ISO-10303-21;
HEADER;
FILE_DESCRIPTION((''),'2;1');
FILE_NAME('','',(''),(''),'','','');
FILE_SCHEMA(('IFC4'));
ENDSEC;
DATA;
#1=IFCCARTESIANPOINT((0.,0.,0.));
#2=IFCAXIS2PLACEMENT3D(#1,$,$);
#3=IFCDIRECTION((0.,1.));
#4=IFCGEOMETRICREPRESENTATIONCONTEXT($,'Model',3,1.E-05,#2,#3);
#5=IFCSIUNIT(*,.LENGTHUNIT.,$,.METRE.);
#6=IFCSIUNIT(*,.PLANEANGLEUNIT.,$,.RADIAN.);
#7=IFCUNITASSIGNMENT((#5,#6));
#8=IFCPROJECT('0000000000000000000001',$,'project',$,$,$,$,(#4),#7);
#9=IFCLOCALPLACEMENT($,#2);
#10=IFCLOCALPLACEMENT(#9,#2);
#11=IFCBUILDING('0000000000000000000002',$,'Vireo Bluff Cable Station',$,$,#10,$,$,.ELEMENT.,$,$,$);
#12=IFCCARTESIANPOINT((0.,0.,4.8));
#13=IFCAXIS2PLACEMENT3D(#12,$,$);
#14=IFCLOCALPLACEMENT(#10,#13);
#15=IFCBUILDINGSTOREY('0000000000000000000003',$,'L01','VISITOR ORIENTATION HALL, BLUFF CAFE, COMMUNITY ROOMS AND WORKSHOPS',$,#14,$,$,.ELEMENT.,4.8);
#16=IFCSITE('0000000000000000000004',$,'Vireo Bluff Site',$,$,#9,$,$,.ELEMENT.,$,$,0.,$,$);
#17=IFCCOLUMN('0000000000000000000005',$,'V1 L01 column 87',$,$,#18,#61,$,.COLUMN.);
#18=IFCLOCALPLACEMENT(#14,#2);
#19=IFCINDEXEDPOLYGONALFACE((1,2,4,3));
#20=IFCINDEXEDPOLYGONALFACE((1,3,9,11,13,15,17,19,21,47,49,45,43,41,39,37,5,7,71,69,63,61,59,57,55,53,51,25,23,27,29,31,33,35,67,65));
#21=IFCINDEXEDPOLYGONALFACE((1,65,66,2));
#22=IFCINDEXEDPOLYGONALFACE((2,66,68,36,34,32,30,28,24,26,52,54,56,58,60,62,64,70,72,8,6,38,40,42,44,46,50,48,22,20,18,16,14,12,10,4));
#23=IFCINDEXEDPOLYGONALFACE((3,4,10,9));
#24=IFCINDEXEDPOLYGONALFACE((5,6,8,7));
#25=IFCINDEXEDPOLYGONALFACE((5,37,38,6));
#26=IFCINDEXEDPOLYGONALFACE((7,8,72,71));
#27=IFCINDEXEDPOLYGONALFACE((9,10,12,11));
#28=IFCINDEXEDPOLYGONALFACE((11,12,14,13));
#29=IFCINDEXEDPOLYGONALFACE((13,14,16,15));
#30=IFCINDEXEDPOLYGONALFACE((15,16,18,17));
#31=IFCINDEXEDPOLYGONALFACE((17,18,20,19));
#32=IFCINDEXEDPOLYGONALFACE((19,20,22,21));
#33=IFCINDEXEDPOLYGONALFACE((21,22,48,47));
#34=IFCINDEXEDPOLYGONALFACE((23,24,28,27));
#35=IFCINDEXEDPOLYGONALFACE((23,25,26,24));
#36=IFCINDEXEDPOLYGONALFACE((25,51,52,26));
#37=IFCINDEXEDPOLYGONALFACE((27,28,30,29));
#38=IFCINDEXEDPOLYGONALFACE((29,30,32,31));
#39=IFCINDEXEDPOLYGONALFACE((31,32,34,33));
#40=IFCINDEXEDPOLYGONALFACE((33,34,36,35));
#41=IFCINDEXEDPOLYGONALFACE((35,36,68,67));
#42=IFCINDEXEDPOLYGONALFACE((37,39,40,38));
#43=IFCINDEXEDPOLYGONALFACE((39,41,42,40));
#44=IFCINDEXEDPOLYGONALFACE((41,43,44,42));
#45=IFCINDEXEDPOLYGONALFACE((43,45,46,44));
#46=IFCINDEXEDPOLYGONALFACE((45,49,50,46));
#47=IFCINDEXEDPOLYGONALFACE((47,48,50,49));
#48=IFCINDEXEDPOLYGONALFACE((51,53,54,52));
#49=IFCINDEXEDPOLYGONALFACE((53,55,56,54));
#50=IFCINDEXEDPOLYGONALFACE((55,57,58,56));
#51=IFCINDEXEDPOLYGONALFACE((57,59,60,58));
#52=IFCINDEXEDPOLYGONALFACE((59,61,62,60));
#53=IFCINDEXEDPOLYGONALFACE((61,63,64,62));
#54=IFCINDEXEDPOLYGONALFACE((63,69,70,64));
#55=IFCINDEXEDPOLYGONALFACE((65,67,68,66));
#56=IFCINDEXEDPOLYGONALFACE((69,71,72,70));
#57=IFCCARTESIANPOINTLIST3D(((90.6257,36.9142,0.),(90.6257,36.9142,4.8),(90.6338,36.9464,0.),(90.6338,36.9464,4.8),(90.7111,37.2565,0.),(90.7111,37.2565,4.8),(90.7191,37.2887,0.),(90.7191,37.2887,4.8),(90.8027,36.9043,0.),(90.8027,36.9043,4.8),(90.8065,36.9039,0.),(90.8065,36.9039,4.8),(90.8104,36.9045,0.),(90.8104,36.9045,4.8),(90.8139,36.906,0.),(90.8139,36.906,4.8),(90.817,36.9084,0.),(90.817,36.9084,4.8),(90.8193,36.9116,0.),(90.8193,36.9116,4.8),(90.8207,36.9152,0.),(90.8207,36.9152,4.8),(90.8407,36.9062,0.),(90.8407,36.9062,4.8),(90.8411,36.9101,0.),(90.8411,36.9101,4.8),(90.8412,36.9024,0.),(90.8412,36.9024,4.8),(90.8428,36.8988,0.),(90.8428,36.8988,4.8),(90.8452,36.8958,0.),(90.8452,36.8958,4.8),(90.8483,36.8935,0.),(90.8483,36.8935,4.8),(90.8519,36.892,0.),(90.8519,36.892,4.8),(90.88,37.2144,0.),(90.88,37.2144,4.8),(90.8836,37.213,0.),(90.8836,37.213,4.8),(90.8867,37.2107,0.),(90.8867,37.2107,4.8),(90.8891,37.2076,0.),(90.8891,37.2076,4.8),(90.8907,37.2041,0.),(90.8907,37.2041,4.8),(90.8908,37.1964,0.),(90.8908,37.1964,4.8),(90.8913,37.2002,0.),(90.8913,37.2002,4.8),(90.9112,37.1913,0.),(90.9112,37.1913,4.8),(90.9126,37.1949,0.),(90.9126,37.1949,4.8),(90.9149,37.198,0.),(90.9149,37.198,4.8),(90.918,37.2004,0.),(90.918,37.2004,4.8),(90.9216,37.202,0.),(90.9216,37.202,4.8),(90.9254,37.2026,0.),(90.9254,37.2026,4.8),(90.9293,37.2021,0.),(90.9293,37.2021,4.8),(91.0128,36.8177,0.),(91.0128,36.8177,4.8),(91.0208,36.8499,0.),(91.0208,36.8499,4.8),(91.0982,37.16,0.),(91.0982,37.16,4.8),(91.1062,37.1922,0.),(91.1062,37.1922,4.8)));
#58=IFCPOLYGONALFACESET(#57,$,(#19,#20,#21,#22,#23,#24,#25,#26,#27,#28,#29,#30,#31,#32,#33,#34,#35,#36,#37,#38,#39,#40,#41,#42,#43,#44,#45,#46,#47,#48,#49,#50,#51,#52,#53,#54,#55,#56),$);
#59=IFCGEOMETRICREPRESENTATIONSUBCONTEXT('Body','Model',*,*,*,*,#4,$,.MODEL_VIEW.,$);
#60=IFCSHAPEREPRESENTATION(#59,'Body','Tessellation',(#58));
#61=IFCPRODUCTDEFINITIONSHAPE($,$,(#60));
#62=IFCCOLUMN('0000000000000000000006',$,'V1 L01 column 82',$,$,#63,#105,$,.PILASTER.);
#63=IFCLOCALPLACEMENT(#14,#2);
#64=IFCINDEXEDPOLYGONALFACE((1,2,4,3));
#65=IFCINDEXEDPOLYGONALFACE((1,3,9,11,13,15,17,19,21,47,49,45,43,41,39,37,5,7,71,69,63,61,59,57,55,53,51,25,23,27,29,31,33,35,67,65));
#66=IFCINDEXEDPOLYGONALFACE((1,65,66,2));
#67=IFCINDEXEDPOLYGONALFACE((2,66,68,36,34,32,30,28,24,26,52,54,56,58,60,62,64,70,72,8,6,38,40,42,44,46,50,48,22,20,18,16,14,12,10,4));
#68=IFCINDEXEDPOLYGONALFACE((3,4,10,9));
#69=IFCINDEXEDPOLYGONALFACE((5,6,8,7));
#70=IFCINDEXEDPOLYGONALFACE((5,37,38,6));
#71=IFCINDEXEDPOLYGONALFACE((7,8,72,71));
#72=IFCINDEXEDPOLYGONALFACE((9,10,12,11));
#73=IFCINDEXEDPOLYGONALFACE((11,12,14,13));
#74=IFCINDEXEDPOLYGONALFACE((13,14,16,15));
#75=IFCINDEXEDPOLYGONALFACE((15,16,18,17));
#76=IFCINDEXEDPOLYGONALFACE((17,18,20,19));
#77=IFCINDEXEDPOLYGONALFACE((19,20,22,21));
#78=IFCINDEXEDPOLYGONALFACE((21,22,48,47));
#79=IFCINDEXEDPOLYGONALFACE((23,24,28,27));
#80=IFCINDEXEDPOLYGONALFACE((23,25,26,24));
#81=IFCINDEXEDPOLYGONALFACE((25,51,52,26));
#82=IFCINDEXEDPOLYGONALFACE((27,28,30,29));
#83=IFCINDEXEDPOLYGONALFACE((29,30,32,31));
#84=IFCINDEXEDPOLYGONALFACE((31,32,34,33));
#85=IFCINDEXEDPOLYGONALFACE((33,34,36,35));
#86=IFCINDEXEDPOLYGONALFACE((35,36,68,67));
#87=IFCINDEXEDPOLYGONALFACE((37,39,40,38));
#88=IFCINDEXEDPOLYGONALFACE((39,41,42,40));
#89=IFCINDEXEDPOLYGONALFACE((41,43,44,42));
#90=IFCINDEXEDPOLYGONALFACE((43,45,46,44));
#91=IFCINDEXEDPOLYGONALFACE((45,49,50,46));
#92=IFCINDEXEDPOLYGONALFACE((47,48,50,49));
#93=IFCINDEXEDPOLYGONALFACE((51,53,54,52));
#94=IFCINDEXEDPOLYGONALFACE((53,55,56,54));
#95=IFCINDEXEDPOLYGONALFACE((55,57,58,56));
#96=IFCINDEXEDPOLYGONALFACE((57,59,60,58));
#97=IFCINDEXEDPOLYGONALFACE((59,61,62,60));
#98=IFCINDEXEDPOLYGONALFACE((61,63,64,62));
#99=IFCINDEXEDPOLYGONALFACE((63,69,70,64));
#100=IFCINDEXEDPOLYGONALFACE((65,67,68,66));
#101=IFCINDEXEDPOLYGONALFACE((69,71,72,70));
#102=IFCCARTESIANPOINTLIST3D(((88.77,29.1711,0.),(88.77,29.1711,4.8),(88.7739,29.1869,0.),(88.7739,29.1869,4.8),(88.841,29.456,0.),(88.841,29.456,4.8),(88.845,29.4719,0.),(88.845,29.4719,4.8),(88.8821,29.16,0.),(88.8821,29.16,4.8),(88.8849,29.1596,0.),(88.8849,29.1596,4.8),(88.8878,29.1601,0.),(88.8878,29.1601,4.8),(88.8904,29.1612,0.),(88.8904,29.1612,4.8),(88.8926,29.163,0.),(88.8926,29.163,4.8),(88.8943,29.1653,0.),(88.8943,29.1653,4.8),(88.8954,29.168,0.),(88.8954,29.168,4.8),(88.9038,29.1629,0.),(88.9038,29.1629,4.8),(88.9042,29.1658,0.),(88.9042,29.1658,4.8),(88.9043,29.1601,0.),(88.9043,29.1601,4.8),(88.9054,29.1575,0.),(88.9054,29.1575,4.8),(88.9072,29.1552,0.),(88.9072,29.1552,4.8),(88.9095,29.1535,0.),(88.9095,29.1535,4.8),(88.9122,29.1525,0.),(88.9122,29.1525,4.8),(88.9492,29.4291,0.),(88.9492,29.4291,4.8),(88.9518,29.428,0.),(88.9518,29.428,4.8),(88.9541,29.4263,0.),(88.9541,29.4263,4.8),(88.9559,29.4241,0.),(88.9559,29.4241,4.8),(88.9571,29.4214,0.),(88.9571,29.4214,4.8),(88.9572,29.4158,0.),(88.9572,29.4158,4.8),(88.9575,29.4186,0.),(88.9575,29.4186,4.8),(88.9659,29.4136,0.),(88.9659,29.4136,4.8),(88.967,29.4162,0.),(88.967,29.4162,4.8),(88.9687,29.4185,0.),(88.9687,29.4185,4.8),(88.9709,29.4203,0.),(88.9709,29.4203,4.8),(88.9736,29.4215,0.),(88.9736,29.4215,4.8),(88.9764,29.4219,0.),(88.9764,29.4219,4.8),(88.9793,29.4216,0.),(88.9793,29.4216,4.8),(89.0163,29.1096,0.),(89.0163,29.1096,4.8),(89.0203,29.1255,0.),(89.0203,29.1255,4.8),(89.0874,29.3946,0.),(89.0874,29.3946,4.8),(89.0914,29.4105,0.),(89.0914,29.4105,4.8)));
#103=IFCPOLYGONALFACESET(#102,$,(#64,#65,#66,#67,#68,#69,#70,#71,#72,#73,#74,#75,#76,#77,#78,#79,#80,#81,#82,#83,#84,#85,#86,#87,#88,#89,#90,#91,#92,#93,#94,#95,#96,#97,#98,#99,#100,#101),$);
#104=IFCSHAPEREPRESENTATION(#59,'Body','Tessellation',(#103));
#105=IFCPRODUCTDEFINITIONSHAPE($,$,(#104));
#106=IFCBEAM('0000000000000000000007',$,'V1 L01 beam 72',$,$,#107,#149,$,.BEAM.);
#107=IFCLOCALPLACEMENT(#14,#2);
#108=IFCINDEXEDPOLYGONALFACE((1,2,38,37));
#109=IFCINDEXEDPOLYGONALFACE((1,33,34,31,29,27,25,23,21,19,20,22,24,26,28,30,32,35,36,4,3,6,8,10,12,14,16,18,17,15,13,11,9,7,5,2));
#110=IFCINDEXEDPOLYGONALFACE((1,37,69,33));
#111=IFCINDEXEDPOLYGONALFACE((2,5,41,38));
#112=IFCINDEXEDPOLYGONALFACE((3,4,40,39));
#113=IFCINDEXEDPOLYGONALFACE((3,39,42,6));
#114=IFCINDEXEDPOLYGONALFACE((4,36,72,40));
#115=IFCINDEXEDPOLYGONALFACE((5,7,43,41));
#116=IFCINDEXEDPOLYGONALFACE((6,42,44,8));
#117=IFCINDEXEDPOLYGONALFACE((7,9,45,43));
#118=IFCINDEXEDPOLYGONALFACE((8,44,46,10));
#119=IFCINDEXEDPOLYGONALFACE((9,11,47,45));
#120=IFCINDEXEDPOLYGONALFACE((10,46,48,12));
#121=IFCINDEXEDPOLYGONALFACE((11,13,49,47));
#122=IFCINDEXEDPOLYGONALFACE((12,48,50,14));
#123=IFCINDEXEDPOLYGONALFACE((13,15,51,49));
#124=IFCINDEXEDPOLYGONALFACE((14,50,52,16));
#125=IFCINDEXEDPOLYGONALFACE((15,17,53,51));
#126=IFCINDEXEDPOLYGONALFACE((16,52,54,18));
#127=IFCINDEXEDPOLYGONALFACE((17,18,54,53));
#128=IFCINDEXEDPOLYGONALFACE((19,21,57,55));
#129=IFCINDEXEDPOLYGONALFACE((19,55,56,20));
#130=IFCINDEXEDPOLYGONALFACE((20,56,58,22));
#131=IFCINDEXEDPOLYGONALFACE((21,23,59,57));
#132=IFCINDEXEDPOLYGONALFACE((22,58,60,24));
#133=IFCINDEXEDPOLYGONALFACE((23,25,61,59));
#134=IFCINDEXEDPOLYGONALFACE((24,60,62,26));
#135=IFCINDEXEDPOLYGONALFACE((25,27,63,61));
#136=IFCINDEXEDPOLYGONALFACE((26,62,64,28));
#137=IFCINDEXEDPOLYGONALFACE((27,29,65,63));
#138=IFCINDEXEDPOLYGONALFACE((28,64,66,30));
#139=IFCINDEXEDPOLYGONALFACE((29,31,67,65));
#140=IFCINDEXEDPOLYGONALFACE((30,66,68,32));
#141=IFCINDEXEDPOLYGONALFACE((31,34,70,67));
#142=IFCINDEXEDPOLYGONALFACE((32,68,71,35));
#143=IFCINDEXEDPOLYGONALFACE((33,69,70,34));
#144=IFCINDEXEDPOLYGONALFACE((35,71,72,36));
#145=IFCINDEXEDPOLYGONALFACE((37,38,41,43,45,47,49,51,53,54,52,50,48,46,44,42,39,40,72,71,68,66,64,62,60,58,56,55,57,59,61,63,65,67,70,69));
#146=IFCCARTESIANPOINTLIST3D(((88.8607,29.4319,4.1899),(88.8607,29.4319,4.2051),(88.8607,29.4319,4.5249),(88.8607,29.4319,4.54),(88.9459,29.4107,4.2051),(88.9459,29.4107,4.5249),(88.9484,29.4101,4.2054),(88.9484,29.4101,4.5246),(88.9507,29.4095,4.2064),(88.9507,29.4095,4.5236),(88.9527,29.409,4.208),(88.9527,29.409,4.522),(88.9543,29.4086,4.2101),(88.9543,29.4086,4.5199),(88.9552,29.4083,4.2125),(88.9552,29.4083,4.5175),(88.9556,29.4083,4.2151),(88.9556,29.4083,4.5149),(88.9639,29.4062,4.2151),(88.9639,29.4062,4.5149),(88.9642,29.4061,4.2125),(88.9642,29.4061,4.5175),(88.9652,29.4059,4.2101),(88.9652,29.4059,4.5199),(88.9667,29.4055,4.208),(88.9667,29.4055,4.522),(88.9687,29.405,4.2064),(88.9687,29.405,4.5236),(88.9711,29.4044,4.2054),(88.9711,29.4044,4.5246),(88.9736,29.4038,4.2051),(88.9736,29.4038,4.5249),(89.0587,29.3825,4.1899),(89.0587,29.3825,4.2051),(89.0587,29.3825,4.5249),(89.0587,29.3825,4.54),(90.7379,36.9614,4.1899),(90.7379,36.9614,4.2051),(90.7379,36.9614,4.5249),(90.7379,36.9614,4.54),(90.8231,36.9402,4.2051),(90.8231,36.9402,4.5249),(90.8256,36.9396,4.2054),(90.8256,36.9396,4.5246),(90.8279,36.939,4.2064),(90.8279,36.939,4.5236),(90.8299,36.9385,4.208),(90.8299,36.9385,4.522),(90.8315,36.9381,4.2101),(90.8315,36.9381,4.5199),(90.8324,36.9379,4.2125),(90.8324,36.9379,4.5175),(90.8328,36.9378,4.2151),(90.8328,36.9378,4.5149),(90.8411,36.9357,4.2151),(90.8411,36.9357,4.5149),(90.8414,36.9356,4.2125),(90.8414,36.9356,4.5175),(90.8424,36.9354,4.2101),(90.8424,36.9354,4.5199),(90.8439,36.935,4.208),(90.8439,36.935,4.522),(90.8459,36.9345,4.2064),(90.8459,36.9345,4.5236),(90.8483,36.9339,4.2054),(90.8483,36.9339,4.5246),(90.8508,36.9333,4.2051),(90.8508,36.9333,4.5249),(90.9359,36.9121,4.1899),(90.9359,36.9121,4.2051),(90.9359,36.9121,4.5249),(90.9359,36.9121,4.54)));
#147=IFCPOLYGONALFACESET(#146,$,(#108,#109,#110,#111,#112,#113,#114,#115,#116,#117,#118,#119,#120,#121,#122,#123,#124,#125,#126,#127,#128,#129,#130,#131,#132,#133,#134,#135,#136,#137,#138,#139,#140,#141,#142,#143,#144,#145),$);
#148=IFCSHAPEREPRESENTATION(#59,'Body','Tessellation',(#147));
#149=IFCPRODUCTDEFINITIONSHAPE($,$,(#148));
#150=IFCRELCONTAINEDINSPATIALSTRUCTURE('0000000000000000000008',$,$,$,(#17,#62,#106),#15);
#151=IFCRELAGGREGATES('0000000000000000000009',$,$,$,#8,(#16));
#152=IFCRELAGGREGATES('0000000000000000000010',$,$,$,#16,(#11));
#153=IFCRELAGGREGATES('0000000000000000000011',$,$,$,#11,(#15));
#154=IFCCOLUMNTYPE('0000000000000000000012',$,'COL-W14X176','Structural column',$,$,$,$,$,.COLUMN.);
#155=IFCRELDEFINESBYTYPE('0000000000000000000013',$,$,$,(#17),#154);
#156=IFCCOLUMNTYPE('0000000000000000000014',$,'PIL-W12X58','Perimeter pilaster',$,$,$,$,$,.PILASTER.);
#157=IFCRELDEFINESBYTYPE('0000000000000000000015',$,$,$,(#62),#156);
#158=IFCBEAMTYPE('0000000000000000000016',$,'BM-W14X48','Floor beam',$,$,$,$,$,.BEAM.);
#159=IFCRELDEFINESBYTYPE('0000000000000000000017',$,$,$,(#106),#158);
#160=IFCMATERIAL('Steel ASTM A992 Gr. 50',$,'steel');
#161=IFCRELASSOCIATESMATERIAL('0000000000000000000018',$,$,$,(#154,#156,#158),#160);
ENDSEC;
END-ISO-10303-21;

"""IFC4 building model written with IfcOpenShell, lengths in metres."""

from ifc_helpers import new_model, si_unit, direction, frame, origin, origin_2d, place, context, subcontext, project, spatial, i_section, extrude, material, material_profile, profile_set, type_object, element, save


model = new_model("IFC4")

# Units and contexts
model_context = context("Model", 3, precision=1e-05, world=origin(), true_north=direction((0.0, 1.0)))
body_context = subcontext(model_context, "Body", "Model", "MODEL_VIEW")
ifc_project = project(units=[si_unit("LENGTHUNIT", "METRE"), si_unit("PLANEANGLEUNIT", "RADIAN")], contexts=[model_context])

# Site, building, storey
site_placement = place(None, origin())
site = spatial("IfcSite", under=ifc_project, at=site_placement, Name="Vireo Bluff Site", CompositionType="ELEMENT", RefElevation=0.0)
building_placement = place(site_placement, origin())
building = spatial("IfcBuilding", under=site, at=building_placement, Name="Vireo Bluff Cable Station", CompositionType="ELEMENT")
storey_placement = place(building_placement, frame((0.0, 0.0, 4.8)))
storey = spatial("IfcBuildingStorey", under=building, at=storey_placement, Name="L01", Description="VISITOR ORIENTATION HALL, BLUFF CAFE, COMMUNITY ROOMS AND WORKSHOPS", CompositionType="ELEMENT", Elevation=4.8)

# Columns
ifc_material_1 = material(Name="Steel ASTM A992 Gr. 50", Category="steel")
ifc_material_profile_1 = material_profile(ifc_material_1, i_section(OverallWidth=0.3989, OverallDepth=0.386, WebThickness=0.021, FlangeThickness=0.0332, FilletRadius=0.0149, at=origin_2d()), Name="W14X176")
ifc_profile_set_1 = profile_set([ifc_material_profile_1], Name="Steel ASTM A992 Gr. 50")
column_type_1 = type_object("IfcColumnType", Name="COL-W14X176", Description="Structural column", PredefinedType="COLUMN", material=ifc_profile_set_1)
column_1_placement = place(storey_placement, frame((90.866, 37.0532, 0.0), z_axis=(0.0, 0.0, 1.0), x_axis=(0.970296, -0.241922, 0.0)))
element("IfcColumn", 1, at=column_1_placement, inside=storey, type_object=column_type_1, Name="V1 L01 column 87", PredefinedType="COLUMN", context=body_context, shape_type="SweptSolid", body=[
    extrude(i_section(OverallWidth=0.3989, OverallDepth=0.386, WebThickness=0.021, FlangeThickness=0.0332, FilletRadius=0.0149, at=origin_2d()), origin(), (0.0, 0.0, 1.0), 4.8),
])
ifc_material_profile_2 = material_profile(ifc_material_1, i_section(OverallWidth=0.2539, OverallDepth=0.3101, WebThickness=0.009, FlangeThickness=0.0164, FilletRadius=0.011, at=origin_2d()), Name="W12X58")
ifc_profile_set_2 = profile_set([ifc_material_profile_2], Name="Steel ASTM A992 Gr. 50")
column_type_2 = type_object("IfcColumnType", Name="PIL-W12X58", Description="Perimeter pilaster", PredefinedType="PILASTER", material=ifc_profile_set_2)
column_2_placement = place(storey_placement, frame((88.9307, 29.2908, 0.0), z_axis=(0.0, 0.0, 1.0), x_axis=(0.970296, -0.241922, 0.0)))
element("IfcColumn", 2, at=column_2_placement, inside=storey, type_object=column_type_2, Name="V1 L01 column 82", PredefinedType="PILASTER", context=body_context, shape_type="SweptSolid", body=[
    extrude(i_section(OverallWidth=0.2539, OverallDepth=0.3101, WebThickness=0.009, FlangeThickness=0.0164, FilletRadius=0.011, at=origin_2d()), origin(), (0.0, 0.0, 1.0), 4.8),
])

# Beam
ifc_material_profile_3 = material_profile(ifc_material_1, i_section(OverallWidth=0.2041, OverallDepth=0.3501, WebThickness=0.0085, FlangeThickness=0.0151, FilletRadius=0.01, at=origin_2d()), Name="W14X48")
ifc_profile_set_3 = profile_set([ifc_material_profile_3], Name="Steel ASTM A992 Gr. 50")
beam_type_1 = type_object("IfcBeamType", Name="BM-W14X48", Description="Floor beam", PredefinedType="BEAM", material=ifc_profile_set_3)
beam_1_placement = place(storey_placement, frame((88.9597, 29.4072, 4.365), z_axis=(0.241906, 0.9703, 0.0), x_axis=(-0.9703, 0.241906, 0.0)))
element("IfcBeam", 3, at=beam_1_placement, inside=storey, type_object=beam_type_1, Name="V1 L01 beam 72", PredefinedType="BEAM", context=body_context, shape_type="SweptSolid", body=[
    extrude(i_section(OverallWidth=0.2041, OverallDepth=0.3501, WebThickness=0.0085, FlangeThickness=0.0151, FilletRadius=0.01, at=origin_2d()), origin(), (0.0, 0.0, 1.0), 7.76),
])

save(model, "model.ifc")
